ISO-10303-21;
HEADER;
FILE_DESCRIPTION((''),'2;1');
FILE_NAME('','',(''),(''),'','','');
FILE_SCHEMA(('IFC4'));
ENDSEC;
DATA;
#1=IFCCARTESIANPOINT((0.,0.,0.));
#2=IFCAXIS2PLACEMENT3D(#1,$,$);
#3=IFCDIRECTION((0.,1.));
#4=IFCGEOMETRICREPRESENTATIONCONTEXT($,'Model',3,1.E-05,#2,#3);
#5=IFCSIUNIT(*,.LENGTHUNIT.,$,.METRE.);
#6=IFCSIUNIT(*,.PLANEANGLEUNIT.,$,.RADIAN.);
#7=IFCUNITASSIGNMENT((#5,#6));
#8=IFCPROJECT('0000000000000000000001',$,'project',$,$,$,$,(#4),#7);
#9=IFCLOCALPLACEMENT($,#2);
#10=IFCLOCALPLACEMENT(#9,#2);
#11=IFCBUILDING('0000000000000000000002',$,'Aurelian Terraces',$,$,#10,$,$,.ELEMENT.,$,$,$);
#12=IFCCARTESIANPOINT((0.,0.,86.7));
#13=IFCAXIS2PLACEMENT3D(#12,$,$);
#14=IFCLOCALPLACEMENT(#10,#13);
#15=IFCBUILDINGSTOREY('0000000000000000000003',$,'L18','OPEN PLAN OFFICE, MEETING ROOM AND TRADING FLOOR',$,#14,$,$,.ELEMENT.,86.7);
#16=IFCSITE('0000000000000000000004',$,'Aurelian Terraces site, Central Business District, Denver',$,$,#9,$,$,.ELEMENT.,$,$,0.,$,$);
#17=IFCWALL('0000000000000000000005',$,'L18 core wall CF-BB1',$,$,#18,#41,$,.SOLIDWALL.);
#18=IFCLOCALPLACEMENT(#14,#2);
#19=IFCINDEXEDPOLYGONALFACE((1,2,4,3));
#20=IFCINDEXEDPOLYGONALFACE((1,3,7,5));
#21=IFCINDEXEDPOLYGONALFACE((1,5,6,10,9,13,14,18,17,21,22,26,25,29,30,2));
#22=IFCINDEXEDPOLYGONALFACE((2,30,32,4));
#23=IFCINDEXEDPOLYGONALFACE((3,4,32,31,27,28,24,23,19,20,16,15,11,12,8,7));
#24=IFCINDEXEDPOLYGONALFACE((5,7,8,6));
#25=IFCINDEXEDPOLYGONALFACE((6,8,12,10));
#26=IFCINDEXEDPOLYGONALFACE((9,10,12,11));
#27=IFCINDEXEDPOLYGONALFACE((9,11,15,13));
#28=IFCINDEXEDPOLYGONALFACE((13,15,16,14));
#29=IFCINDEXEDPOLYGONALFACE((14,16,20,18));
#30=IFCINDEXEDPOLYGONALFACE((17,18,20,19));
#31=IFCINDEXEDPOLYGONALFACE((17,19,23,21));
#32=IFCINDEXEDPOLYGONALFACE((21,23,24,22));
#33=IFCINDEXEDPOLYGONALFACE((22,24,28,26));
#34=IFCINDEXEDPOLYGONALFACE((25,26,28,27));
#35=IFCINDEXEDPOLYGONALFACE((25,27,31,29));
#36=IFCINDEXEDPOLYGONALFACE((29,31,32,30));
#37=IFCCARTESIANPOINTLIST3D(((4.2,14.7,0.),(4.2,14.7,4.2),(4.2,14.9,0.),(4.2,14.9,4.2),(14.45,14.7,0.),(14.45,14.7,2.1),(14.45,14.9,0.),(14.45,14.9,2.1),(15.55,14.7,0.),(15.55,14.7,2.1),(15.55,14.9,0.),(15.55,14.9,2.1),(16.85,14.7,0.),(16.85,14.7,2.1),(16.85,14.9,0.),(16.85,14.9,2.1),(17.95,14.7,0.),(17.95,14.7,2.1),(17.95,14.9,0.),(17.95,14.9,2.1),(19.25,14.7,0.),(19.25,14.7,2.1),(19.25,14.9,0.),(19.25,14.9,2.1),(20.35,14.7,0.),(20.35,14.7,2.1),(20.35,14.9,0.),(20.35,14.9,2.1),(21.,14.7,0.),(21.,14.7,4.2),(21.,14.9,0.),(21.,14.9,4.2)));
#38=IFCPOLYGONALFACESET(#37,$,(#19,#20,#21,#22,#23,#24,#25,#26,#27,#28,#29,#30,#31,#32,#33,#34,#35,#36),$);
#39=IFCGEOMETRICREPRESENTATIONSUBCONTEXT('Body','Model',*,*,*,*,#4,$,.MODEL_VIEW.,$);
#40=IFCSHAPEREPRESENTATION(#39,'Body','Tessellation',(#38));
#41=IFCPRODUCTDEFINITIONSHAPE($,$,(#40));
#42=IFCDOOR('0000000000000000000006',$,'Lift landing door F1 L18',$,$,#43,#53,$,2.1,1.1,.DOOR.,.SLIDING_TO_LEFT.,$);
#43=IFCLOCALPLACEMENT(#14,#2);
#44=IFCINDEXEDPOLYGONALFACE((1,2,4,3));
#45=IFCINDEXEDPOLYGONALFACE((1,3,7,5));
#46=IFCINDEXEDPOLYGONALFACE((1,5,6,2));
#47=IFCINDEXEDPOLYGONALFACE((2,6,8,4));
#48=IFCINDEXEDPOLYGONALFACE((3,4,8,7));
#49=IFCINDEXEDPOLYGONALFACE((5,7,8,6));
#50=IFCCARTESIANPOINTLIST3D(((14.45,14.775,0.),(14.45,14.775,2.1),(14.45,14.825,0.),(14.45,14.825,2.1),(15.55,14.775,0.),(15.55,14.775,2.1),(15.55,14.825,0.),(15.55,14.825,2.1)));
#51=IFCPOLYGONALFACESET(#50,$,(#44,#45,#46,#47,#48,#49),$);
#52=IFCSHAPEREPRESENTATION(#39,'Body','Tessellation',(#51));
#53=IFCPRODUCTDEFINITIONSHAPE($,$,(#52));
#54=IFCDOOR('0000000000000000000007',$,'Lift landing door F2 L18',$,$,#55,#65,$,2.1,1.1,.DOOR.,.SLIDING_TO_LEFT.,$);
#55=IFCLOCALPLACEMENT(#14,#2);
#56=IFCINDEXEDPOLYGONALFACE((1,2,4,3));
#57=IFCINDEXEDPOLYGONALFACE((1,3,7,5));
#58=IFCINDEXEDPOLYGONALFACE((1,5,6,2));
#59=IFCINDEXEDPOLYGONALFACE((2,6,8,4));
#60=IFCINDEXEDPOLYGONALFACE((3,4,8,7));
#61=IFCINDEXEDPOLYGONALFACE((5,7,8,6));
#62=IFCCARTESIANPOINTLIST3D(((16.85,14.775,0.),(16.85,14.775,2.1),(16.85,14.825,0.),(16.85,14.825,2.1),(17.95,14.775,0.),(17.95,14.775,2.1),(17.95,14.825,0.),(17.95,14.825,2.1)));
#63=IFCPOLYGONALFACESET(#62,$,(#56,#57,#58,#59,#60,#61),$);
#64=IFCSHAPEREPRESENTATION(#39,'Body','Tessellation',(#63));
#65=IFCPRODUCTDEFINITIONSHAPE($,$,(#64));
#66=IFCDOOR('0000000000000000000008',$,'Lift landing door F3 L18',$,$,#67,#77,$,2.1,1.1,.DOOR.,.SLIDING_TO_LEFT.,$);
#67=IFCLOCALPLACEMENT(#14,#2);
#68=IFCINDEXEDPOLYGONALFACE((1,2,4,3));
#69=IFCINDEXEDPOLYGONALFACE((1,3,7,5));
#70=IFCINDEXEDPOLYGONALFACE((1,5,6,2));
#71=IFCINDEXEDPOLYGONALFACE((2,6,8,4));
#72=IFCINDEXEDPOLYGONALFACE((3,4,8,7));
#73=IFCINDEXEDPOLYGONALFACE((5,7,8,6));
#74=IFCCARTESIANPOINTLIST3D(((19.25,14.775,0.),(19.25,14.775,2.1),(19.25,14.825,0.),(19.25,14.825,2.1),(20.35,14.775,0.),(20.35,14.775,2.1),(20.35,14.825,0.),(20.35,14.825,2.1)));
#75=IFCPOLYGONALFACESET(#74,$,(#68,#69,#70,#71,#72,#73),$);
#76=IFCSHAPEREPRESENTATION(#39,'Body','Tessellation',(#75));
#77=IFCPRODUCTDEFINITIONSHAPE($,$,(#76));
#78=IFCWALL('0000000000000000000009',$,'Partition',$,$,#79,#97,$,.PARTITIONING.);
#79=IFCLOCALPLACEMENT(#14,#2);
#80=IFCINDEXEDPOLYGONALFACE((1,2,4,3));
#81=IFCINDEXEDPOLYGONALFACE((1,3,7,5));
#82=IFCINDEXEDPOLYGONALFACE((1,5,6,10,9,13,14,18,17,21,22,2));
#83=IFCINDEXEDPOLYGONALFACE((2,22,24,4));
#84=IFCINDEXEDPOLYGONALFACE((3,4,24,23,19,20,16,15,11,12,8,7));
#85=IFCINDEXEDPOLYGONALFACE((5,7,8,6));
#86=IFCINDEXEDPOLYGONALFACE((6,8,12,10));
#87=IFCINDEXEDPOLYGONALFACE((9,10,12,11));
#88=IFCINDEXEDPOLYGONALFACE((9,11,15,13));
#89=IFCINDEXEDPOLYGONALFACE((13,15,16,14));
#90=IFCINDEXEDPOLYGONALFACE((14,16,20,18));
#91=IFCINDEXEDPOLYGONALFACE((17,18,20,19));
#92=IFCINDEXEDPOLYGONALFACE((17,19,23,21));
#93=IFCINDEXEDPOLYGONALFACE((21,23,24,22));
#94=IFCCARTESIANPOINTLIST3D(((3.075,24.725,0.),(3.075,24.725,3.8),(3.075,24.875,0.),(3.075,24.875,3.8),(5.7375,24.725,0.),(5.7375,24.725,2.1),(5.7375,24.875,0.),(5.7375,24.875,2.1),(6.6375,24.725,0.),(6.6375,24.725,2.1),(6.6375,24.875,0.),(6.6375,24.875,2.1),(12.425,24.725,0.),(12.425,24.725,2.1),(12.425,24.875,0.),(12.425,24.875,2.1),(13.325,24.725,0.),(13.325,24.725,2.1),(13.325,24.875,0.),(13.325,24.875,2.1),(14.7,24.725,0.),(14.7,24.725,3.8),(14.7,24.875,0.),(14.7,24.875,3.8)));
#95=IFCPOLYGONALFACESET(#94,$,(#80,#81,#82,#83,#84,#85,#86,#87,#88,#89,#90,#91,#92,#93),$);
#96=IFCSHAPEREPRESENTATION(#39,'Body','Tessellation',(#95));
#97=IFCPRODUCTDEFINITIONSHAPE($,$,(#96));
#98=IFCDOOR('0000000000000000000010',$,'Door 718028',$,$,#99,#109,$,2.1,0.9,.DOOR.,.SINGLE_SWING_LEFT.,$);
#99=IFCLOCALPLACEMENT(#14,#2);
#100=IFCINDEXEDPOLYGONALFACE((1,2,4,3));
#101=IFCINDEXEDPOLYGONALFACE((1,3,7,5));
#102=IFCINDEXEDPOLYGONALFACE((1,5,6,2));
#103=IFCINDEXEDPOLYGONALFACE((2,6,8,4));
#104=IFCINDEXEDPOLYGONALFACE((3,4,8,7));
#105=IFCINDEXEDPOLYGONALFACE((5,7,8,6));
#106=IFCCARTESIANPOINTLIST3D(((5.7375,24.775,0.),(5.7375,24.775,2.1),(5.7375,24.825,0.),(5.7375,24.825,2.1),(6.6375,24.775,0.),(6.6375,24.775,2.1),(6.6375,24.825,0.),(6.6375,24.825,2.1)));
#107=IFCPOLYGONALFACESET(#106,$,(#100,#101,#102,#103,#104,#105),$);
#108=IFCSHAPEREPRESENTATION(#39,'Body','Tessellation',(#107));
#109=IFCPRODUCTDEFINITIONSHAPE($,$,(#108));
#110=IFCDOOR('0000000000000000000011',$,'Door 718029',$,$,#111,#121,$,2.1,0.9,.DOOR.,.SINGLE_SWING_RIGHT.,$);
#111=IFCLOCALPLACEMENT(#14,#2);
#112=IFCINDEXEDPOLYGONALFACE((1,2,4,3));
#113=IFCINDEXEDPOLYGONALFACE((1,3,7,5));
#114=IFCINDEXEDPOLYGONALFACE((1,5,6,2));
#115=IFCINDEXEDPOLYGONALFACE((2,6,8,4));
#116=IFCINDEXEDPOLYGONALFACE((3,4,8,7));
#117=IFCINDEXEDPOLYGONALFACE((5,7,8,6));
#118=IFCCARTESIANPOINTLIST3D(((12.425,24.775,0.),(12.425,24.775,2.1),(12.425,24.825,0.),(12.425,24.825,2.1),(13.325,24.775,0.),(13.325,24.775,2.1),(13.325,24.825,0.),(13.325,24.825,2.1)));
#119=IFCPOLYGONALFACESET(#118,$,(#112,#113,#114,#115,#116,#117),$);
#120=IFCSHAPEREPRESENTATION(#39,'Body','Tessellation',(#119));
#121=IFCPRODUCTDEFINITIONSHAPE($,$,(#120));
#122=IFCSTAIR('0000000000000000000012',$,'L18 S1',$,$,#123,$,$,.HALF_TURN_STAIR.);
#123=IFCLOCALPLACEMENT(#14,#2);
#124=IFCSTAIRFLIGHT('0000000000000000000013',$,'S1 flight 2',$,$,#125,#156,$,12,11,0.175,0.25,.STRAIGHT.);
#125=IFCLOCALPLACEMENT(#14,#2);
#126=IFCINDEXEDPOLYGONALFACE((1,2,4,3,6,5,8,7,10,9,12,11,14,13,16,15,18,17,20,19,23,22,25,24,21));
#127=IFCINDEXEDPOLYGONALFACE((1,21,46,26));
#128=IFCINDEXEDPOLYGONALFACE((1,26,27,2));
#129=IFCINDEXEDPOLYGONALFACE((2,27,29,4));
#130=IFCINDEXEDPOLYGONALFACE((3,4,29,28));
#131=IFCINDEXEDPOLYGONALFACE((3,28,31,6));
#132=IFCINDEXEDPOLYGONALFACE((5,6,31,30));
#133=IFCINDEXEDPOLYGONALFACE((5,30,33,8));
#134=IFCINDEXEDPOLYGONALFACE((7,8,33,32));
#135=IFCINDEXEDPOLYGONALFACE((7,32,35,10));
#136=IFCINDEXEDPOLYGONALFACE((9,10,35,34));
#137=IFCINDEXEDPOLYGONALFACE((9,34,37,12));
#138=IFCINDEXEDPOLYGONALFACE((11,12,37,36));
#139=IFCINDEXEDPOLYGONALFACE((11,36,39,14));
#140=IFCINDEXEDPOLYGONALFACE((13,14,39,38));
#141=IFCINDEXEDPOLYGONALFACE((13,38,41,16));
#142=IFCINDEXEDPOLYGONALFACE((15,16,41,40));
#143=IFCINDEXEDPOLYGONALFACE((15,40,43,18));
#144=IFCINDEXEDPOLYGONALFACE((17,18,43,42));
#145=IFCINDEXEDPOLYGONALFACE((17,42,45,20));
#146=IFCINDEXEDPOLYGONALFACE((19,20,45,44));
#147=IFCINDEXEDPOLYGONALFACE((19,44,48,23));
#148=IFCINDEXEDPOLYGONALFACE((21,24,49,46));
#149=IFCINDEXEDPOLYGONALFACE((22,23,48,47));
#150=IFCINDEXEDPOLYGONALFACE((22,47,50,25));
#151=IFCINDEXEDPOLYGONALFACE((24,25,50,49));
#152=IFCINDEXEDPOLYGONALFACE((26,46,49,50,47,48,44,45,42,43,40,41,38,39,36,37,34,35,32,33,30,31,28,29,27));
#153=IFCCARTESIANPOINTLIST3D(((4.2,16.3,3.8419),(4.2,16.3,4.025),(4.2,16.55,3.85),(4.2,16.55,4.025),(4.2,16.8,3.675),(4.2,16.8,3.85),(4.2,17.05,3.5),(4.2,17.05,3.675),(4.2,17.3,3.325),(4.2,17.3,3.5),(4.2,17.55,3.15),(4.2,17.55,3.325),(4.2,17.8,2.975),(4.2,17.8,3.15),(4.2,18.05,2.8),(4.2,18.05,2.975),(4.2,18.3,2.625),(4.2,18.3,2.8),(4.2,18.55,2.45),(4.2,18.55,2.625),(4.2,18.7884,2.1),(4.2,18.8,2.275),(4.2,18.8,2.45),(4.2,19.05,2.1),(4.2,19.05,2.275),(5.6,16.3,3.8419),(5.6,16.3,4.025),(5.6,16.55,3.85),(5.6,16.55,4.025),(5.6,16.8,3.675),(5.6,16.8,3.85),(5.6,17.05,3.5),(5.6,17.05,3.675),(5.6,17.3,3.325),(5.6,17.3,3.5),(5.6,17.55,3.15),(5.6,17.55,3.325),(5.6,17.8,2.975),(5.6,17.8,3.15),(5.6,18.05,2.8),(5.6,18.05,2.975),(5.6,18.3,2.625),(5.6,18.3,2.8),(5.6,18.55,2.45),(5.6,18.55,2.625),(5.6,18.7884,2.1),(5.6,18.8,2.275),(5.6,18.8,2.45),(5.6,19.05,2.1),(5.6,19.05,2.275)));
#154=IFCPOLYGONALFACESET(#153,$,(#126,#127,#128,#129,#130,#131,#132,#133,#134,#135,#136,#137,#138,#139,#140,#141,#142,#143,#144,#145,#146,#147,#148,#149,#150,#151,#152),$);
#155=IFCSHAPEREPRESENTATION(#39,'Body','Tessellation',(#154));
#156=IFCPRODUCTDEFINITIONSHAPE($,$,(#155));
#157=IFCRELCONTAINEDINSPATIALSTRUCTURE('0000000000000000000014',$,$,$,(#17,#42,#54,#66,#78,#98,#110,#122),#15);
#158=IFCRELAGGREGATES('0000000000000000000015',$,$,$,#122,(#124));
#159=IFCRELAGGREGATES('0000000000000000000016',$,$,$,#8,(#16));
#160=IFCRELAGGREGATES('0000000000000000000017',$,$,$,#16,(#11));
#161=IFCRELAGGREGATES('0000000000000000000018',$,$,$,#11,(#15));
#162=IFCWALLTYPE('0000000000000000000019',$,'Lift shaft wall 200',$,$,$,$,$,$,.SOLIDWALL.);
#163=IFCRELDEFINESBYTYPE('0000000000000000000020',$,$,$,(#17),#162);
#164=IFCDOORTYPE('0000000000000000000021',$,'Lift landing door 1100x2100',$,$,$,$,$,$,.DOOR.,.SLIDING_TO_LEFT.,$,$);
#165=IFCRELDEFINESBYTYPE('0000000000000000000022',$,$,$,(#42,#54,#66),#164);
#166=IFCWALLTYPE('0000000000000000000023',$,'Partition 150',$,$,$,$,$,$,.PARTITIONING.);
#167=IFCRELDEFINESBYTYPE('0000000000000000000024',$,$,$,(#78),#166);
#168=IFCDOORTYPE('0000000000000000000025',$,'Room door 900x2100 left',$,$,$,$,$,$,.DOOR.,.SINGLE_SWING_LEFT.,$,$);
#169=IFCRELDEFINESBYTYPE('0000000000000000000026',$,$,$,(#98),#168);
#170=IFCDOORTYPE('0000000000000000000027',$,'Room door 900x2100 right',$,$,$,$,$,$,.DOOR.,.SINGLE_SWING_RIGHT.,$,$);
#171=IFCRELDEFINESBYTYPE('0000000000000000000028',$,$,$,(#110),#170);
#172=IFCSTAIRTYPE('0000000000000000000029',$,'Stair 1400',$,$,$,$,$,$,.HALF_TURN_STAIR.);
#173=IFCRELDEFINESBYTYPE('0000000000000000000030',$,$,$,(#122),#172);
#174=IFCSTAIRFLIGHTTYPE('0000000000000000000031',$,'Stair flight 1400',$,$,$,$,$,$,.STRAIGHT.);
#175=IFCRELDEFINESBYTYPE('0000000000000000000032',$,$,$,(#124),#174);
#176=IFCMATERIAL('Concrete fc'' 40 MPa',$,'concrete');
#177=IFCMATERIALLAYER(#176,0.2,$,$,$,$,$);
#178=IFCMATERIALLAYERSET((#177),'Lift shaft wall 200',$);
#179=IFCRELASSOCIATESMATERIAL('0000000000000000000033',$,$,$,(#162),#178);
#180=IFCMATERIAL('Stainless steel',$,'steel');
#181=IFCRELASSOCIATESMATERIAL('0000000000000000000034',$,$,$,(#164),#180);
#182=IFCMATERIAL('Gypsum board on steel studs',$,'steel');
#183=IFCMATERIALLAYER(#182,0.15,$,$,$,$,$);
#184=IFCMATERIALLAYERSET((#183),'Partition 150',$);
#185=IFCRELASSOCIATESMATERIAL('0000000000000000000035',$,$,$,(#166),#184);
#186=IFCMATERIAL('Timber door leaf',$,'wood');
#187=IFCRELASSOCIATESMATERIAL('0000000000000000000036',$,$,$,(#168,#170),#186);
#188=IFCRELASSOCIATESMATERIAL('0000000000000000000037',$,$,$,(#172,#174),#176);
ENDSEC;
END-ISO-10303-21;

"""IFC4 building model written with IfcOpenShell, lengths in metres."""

from ifc_helpers import new_model, si_unit, direction, frame, frame_2d, origin, place, context, subcontext, project, spatial, polyline, rectangle, outline, extrude, source, transform, mapped, material, layer, layer_set, type_object, element, fill, aggregate, save


model = new_model("IFC4")

# Units and contexts
model_context = context("Model", 3, precision=1e-05, world=origin(), true_north=direction((0.0, 1.0)))
body_context = subcontext(model_context, "Body", "Model", "MODEL_VIEW")
ifc_project = project(units=[si_unit("LENGTHUNIT", "METRE"), si_unit("PLANEANGLEUNIT", "RADIAN")], contexts=[model_context])

# Site, building, storey
site_placement = place(None, origin())
site = spatial("IfcSite", under=ifc_project, at=site_placement, Name="Aurelian Terraces site, Central Business District, Denver", CompositionType="ELEMENT", RefElevation=0.0)
building_placement = place(site_placement, origin())
building = spatial("IfcBuilding", under=site, at=building_placement, Name="Aurelian Terraces", CompositionType="ELEMENT")
storey_placement = place(building_placement, frame((0.0, 0.0, 86.7)))
storey = spatial("IfcBuildingStorey", under=building, at=storey_placement, Name="L18", Description="OPEN PLAN OFFICE, MEETING ROOM AND TRADING FLOOR", CompositionType="ELEMENT", Elevation=86.7)

# Shared definitions
ifc_material_1 = material(Name="Concrete fc' 40 MPa", Category="concrete")

# Walls, openings, doors
ifc_layer_1 = layer(ifc_material_1, 0.2)
ifc_layer_set_1 = layer_set([ifc_layer_1], Name="Lift shaft wall 200")
wall_type_1 = type_object("IfcWallType", Name="Lift shaft wall 200", PredefinedType="SOLIDWALL", material=ifc_layer_set_1)
shared_shape_1 = source(origin(), body_context, "Body", "SweptSolid", [
    extrude(rectangle(XDim=16.8, YDim=0.2, at=frame_2d((8.4, 0.0))), origin(), (0.0, 0.0, 1.0), 4.2),
])
wall_1_placement = place(storey_placement, frame((4.2, 14.8, 0.0), z_axis=(0.0, 0.0, 1.0), x_axis=(1.0, 0.0, 0.0)))
wall_1 = element("IfcWall", 1, at=wall_1_placement, inside=storey, type_object=wall_type_1, Name="L18 core wall CF-BB1", PredefinedType="SOLIDWALL", context=body_context, shape_type="MappedRepresentation", body=[
    mapped(shared_shape_1, transform((0.0, 0.0, 0.0), scale=1.0)),
])
shared_shape_2 = source(origin(), body_context, "Body", "SweptSolid", [
    extrude(rectangle(XDim=1.1, YDim=2.1, at=frame_2d((0.55, 1.05))), frame((0.0, 0.11, 0.0), z_axis=(0.0, -1.0, 0.0), x_axis=(1.0, 0.0, 0.0)), (0.0, 0.0, 1.0), 0.22),
])
opening_1_placement = place(wall_1_placement, frame((10.25, 0.0, 0.0)))
opening_1 = element("IfcOpeningElement", 2, at=opening_1_placement, cuts=wall_1, PredefinedType="OPENING", context=body_context, shape_type="MappedRepresentation", body=[
    mapped(shared_shape_2, transform((0.0, 0.0, 0.0), scale=1.0)),
])
opening_2_placement = place(wall_1_placement, frame((12.65, 0.0, 0.0)))
opening_2 = element("IfcOpeningElement", 3, at=opening_2_placement, cuts=wall_1, PredefinedType="OPENING", context=body_context, shape_type="MappedRepresentation", body=[
    mapped(shared_shape_2, transform((0.0, 0.0, 0.0), scale=1.0)),
])
opening_3_placement = place(wall_1_placement, frame((15.05, 0.0, 0.0)))
opening_3 = element("IfcOpeningElement", 4, at=opening_3_placement, cuts=wall_1, PredefinedType="OPENING", context=body_context, shape_type="MappedRepresentation", body=[
    mapped(shared_shape_2, transform((0.0, 0.0, 0.0), scale=1.0)),
])
ifc_material_2 = material(Name="Stainless steel", Category="steel")
door_type_1 = type_object("IfcDoorType", Name="Lift landing door 1100x2100", OperationType="SLIDING_TO_LEFT", PredefinedType="DOOR", material=ifc_material_2)
shared_shape_3 = source(origin(), body_context, "Body", "SweptSolid", [
    extrude(rectangle(XDim=1.1, YDim=2.1, at=frame_2d((0.55, 1.05))), frame((0.0, 0.025, 0.0), z_axis=(0.0, -1.0, 0.0), x_axis=(1.0, 0.0, 0.0)), (0.0, 0.0, 1.0), 0.05),
])
door_1_placement = place(opening_1_placement, origin())
door_1 = element("IfcDoor", 5, at=door_1_placement, inside=storey, type_object=door_type_1, Name="Lift landing door F1 L18", OperationType="SLIDING_TO_LEFT", OverallHeight=2.1, OverallWidth=1.1, PredefinedType="DOOR", context=body_context, shape_type="MappedRepresentation", body=[
    mapped(shared_shape_3, transform((0.0, 0.0, 0.0), scale=1.0)),
])
fill(opening_1, door_1)
door_2_placement = place(opening_2_placement, origin())
door_2 = element("IfcDoor", 6, at=door_2_placement, inside=storey, type_object=door_type_1, Name="Lift landing door F2 L18", OperationType="SLIDING_TO_LEFT", OverallHeight=2.1, OverallWidth=1.1, PredefinedType="DOOR", context=body_context, shape_type="MappedRepresentation", body=[
    mapped(shared_shape_3, transform((0.0, 0.0, 0.0), scale=1.0)),
])
fill(opening_2, door_2)
door_3_placement = place(opening_3_placement, origin())
door_3 = element("IfcDoor", 7, at=door_3_placement, inside=storey, type_object=door_type_1, Name="Lift landing door F3 L18", OperationType="SLIDING_TO_LEFT", OverallHeight=2.1, OverallWidth=1.1, PredefinedType="DOOR", context=body_context, shape_type="MappedRepresentation", body=[
    mapped(shared_shape_3, transform((0.0, 0.0, 0.0), scale=1.0)),
])
fill(opening_3, door_3)
ifc_material_3 = material(Name="Gypsum board on steel studs", Category="steel")
ifc_layer_2 = layer(ifc_material_3, 0.15)
ifc_layer_set_2 = layer_set([ifc_layer_2], Name="Partition 150")
wall_type_2 = type_object("IfcWallType", Name="Partition 150", PredefinedType="PARTITIONING", material=ifc_layer_set_2)
shared_shape_4 = source(origin(), body_context, "Body", "SweptSolid", [
    extrude(rectangle(XDim=11.625, YDim=0.15, at=frame_2d((5.8125, 0.0))), origin(), (0.0, 0.0, 1.0), 3.8),
])
wall_2_placement = place(storey_placement, frame((3.075, 24.8, 0.0), z_axis=(0.0, 0.0, 1.0), x_axis=(1.0, 0.0, 0.0)))
wall_2 = element("IfcWall", 8, at=wall_2_placement, inside=storey, type_object=wall_type_2, Name="Partition", PredefinedType="PARTITIONING", context=body_context, shape_type="MappedRepresentation", body=[
    mapped(shared_shape_4, transform((0.0, 0.0, 0.0), scale=1.0)),
])
shared_shape_5 = source(origin(), body_context, "Body", "SweptSolid", [
    extrude(rectangle(XDim=0.9, YDim=2.1, at=frame_2d((0.45, 1.05))), frame((0.0, 0.085, 0.0), z_axis=(0.0, -1.0, 0.0), x_axis=(1.0, 0.0, 0.0)), (0.0, 0.0, 1.0), 0.17),
])
opening_4_placement = place(wall_2_placement, frame((2.6625, 0.0, 0.0)))
opening_4 = element("IfcOpeningElement", 9, at=opening_4_placement, cuts=wall_2, PredefinedType="OPENING", context=body_context, shape_type="MappedRepresentation", body=[
    mapped(shared_shape_5, transform((0.0, 0.0, 0.0), scale=1.0)),
])
opening_5_placement = place(wall_2_placement, frame((9.35, 0.0, 0.0)))
opening_5 = element("IfcOpeningElement", 10, at=opening_5_placement, cuts=wall_2, PredefinedType="OPENING", context=body_context, shape_type="MappedRepresentation", body=[
    mapped(shared_shape_5, transform((0.0, 0.0, 0.0), scale=1.0)),
])
ifc_material_4 = material(Name="Timber door leaf", Category="wood")
door_type_2 = type_object("IfcDoorType", Name="Room door 900x2100 left", OperationType="SINGLE_SWING_LEFT", PredefinedType="DOOR", material=ifc_material_4)
shared_shape_6 = source(origin(), body_context, "Body", "SweptSolid", [
    extrude(rectangle(XDim=0.9, YDim=2.1, at=frame_2d((0.45, 1.05))), frame((0.0, 0.025, 0.0), z_axis=(0.0, -1.0, 0.0), x_axis=(1.0, 0.0, 0.0)), (0.0, 0.0, 1.0), 0.05),
])
door_4_placement = place(opening_4_placement, origin())
door_4 = element("IfcDoor", 11, at=door_4_placement, inside=storey, type_object=door_type_2, Name="Door 718028", OperationType="SINGLE_SWING_LEFT", OverallHeight=2.1, OverallWidth=0.9, PredefinedType="DOOR", context=body_context, shape_type="MappedRepresentation", body=[
    mapped(shared_shape_6, transform((0.0, 0.0, 0.0), scale=1.0)),
])
fill(opening_4, door_4)
door_type_3 = type_object("IfcDoorType", Name="Room door 900x2100 right", OperationType="SINGLE_SWING_RIGHT", PredefinedType="DOOR", material=ifc_material_4)
door_5_placement = place(opening_5_placement, origin())
door_5 = element("IfcDoor", 12, at=door_5_placement, inside=storey, type_object=door_type_3, Name="Door 718029", OperationType="SINGLE_SWING_RIGHT", OverallHeight=2.1, OverallWidth=0.9, PredefinedType="DOOR", context=body_context, shape_type="MappedRepresentation", body=[
    mapped(shared_shape_6, transform((0.0, 0.0, 0.0), scale=1.0)),
])
fill(opening_5, door_5)

# Stair, stair flight
stair_type = type_object("IfcStairType", Name="Stair 1400", PredefinedType="HALF_TURN_STAIR", material=ifc_material_1)
stair_placement = place(storey_placement, origin())
stair = element("IfcStair", 13, at=stair_placement, inside=storey, type_object=stair_type, Name="L18 S1", PredefinedType="HALF_TURN_STAIR")
stair_flight_type = type_object("IfcStairFlightType", Name="Stair flight 1400", PredefinedType="STRAIGHT", material=ifc_material_1)
shared_shape_7 = source(origin(), body_context, "Body", "SweptSolid", [
    extrude(outline(polyline([(0.0, 0.0), (0.0, 0.175), (0.25, 0.175), (0.25, 0.35), (0.5, 0.35), (0.5, 0.525), (0.75, 0.525), (0.75, 0.7), (1.0, 0.7), (1.0, 0.875), (1.25, 0.875), (1.25, 1.05), (1.5, 1.05), (1.5, 1.225), (1.75, 1.225), (1.75, 1.4), (2.0, 1.4), (2.0, 1.575), (2.25, 1.575), (2.25, 1.75), (2.5, 1.75), (2.5, 1.925), (2.75, 1.925), (2.75, 2.1), (2.75, 1.7419), (0.2616, 0.0), (0.0, 0.0)])), frame((0.0, 0.7, 0.0), z_axis=(0.0, -1.0, 0.0), x_axis=(1.0, 0.0, 0.0)), (0.0, 0.0, 1.0), 1.4),
])
stair_flight_placement = place(storey_placement, frame((4.9, 19.05, 2.1), z_axis=(0.0, 0.0, 1.0), x_axis=(0.0, -1.0, 0.0)))
stair_flight = element("IfcStairFlight", 14, at=stair_flight_placement, type_object=stair_flight_type, Name="S1 flight 2", NumberOfRisers=12, NumberOfTreads=11, PredefinedType="STRAIGHT", RiserHeight=0.175, TreadLength=0.25, context=body_context, shape_type="MappedRepresentation", body=[
    mapped(shared_shape_7, transform((0.0, 0.0, 0.0), scale=1.0)),
])
aggregate(stair, [stair_flight])

save(model, "model.ifc")
